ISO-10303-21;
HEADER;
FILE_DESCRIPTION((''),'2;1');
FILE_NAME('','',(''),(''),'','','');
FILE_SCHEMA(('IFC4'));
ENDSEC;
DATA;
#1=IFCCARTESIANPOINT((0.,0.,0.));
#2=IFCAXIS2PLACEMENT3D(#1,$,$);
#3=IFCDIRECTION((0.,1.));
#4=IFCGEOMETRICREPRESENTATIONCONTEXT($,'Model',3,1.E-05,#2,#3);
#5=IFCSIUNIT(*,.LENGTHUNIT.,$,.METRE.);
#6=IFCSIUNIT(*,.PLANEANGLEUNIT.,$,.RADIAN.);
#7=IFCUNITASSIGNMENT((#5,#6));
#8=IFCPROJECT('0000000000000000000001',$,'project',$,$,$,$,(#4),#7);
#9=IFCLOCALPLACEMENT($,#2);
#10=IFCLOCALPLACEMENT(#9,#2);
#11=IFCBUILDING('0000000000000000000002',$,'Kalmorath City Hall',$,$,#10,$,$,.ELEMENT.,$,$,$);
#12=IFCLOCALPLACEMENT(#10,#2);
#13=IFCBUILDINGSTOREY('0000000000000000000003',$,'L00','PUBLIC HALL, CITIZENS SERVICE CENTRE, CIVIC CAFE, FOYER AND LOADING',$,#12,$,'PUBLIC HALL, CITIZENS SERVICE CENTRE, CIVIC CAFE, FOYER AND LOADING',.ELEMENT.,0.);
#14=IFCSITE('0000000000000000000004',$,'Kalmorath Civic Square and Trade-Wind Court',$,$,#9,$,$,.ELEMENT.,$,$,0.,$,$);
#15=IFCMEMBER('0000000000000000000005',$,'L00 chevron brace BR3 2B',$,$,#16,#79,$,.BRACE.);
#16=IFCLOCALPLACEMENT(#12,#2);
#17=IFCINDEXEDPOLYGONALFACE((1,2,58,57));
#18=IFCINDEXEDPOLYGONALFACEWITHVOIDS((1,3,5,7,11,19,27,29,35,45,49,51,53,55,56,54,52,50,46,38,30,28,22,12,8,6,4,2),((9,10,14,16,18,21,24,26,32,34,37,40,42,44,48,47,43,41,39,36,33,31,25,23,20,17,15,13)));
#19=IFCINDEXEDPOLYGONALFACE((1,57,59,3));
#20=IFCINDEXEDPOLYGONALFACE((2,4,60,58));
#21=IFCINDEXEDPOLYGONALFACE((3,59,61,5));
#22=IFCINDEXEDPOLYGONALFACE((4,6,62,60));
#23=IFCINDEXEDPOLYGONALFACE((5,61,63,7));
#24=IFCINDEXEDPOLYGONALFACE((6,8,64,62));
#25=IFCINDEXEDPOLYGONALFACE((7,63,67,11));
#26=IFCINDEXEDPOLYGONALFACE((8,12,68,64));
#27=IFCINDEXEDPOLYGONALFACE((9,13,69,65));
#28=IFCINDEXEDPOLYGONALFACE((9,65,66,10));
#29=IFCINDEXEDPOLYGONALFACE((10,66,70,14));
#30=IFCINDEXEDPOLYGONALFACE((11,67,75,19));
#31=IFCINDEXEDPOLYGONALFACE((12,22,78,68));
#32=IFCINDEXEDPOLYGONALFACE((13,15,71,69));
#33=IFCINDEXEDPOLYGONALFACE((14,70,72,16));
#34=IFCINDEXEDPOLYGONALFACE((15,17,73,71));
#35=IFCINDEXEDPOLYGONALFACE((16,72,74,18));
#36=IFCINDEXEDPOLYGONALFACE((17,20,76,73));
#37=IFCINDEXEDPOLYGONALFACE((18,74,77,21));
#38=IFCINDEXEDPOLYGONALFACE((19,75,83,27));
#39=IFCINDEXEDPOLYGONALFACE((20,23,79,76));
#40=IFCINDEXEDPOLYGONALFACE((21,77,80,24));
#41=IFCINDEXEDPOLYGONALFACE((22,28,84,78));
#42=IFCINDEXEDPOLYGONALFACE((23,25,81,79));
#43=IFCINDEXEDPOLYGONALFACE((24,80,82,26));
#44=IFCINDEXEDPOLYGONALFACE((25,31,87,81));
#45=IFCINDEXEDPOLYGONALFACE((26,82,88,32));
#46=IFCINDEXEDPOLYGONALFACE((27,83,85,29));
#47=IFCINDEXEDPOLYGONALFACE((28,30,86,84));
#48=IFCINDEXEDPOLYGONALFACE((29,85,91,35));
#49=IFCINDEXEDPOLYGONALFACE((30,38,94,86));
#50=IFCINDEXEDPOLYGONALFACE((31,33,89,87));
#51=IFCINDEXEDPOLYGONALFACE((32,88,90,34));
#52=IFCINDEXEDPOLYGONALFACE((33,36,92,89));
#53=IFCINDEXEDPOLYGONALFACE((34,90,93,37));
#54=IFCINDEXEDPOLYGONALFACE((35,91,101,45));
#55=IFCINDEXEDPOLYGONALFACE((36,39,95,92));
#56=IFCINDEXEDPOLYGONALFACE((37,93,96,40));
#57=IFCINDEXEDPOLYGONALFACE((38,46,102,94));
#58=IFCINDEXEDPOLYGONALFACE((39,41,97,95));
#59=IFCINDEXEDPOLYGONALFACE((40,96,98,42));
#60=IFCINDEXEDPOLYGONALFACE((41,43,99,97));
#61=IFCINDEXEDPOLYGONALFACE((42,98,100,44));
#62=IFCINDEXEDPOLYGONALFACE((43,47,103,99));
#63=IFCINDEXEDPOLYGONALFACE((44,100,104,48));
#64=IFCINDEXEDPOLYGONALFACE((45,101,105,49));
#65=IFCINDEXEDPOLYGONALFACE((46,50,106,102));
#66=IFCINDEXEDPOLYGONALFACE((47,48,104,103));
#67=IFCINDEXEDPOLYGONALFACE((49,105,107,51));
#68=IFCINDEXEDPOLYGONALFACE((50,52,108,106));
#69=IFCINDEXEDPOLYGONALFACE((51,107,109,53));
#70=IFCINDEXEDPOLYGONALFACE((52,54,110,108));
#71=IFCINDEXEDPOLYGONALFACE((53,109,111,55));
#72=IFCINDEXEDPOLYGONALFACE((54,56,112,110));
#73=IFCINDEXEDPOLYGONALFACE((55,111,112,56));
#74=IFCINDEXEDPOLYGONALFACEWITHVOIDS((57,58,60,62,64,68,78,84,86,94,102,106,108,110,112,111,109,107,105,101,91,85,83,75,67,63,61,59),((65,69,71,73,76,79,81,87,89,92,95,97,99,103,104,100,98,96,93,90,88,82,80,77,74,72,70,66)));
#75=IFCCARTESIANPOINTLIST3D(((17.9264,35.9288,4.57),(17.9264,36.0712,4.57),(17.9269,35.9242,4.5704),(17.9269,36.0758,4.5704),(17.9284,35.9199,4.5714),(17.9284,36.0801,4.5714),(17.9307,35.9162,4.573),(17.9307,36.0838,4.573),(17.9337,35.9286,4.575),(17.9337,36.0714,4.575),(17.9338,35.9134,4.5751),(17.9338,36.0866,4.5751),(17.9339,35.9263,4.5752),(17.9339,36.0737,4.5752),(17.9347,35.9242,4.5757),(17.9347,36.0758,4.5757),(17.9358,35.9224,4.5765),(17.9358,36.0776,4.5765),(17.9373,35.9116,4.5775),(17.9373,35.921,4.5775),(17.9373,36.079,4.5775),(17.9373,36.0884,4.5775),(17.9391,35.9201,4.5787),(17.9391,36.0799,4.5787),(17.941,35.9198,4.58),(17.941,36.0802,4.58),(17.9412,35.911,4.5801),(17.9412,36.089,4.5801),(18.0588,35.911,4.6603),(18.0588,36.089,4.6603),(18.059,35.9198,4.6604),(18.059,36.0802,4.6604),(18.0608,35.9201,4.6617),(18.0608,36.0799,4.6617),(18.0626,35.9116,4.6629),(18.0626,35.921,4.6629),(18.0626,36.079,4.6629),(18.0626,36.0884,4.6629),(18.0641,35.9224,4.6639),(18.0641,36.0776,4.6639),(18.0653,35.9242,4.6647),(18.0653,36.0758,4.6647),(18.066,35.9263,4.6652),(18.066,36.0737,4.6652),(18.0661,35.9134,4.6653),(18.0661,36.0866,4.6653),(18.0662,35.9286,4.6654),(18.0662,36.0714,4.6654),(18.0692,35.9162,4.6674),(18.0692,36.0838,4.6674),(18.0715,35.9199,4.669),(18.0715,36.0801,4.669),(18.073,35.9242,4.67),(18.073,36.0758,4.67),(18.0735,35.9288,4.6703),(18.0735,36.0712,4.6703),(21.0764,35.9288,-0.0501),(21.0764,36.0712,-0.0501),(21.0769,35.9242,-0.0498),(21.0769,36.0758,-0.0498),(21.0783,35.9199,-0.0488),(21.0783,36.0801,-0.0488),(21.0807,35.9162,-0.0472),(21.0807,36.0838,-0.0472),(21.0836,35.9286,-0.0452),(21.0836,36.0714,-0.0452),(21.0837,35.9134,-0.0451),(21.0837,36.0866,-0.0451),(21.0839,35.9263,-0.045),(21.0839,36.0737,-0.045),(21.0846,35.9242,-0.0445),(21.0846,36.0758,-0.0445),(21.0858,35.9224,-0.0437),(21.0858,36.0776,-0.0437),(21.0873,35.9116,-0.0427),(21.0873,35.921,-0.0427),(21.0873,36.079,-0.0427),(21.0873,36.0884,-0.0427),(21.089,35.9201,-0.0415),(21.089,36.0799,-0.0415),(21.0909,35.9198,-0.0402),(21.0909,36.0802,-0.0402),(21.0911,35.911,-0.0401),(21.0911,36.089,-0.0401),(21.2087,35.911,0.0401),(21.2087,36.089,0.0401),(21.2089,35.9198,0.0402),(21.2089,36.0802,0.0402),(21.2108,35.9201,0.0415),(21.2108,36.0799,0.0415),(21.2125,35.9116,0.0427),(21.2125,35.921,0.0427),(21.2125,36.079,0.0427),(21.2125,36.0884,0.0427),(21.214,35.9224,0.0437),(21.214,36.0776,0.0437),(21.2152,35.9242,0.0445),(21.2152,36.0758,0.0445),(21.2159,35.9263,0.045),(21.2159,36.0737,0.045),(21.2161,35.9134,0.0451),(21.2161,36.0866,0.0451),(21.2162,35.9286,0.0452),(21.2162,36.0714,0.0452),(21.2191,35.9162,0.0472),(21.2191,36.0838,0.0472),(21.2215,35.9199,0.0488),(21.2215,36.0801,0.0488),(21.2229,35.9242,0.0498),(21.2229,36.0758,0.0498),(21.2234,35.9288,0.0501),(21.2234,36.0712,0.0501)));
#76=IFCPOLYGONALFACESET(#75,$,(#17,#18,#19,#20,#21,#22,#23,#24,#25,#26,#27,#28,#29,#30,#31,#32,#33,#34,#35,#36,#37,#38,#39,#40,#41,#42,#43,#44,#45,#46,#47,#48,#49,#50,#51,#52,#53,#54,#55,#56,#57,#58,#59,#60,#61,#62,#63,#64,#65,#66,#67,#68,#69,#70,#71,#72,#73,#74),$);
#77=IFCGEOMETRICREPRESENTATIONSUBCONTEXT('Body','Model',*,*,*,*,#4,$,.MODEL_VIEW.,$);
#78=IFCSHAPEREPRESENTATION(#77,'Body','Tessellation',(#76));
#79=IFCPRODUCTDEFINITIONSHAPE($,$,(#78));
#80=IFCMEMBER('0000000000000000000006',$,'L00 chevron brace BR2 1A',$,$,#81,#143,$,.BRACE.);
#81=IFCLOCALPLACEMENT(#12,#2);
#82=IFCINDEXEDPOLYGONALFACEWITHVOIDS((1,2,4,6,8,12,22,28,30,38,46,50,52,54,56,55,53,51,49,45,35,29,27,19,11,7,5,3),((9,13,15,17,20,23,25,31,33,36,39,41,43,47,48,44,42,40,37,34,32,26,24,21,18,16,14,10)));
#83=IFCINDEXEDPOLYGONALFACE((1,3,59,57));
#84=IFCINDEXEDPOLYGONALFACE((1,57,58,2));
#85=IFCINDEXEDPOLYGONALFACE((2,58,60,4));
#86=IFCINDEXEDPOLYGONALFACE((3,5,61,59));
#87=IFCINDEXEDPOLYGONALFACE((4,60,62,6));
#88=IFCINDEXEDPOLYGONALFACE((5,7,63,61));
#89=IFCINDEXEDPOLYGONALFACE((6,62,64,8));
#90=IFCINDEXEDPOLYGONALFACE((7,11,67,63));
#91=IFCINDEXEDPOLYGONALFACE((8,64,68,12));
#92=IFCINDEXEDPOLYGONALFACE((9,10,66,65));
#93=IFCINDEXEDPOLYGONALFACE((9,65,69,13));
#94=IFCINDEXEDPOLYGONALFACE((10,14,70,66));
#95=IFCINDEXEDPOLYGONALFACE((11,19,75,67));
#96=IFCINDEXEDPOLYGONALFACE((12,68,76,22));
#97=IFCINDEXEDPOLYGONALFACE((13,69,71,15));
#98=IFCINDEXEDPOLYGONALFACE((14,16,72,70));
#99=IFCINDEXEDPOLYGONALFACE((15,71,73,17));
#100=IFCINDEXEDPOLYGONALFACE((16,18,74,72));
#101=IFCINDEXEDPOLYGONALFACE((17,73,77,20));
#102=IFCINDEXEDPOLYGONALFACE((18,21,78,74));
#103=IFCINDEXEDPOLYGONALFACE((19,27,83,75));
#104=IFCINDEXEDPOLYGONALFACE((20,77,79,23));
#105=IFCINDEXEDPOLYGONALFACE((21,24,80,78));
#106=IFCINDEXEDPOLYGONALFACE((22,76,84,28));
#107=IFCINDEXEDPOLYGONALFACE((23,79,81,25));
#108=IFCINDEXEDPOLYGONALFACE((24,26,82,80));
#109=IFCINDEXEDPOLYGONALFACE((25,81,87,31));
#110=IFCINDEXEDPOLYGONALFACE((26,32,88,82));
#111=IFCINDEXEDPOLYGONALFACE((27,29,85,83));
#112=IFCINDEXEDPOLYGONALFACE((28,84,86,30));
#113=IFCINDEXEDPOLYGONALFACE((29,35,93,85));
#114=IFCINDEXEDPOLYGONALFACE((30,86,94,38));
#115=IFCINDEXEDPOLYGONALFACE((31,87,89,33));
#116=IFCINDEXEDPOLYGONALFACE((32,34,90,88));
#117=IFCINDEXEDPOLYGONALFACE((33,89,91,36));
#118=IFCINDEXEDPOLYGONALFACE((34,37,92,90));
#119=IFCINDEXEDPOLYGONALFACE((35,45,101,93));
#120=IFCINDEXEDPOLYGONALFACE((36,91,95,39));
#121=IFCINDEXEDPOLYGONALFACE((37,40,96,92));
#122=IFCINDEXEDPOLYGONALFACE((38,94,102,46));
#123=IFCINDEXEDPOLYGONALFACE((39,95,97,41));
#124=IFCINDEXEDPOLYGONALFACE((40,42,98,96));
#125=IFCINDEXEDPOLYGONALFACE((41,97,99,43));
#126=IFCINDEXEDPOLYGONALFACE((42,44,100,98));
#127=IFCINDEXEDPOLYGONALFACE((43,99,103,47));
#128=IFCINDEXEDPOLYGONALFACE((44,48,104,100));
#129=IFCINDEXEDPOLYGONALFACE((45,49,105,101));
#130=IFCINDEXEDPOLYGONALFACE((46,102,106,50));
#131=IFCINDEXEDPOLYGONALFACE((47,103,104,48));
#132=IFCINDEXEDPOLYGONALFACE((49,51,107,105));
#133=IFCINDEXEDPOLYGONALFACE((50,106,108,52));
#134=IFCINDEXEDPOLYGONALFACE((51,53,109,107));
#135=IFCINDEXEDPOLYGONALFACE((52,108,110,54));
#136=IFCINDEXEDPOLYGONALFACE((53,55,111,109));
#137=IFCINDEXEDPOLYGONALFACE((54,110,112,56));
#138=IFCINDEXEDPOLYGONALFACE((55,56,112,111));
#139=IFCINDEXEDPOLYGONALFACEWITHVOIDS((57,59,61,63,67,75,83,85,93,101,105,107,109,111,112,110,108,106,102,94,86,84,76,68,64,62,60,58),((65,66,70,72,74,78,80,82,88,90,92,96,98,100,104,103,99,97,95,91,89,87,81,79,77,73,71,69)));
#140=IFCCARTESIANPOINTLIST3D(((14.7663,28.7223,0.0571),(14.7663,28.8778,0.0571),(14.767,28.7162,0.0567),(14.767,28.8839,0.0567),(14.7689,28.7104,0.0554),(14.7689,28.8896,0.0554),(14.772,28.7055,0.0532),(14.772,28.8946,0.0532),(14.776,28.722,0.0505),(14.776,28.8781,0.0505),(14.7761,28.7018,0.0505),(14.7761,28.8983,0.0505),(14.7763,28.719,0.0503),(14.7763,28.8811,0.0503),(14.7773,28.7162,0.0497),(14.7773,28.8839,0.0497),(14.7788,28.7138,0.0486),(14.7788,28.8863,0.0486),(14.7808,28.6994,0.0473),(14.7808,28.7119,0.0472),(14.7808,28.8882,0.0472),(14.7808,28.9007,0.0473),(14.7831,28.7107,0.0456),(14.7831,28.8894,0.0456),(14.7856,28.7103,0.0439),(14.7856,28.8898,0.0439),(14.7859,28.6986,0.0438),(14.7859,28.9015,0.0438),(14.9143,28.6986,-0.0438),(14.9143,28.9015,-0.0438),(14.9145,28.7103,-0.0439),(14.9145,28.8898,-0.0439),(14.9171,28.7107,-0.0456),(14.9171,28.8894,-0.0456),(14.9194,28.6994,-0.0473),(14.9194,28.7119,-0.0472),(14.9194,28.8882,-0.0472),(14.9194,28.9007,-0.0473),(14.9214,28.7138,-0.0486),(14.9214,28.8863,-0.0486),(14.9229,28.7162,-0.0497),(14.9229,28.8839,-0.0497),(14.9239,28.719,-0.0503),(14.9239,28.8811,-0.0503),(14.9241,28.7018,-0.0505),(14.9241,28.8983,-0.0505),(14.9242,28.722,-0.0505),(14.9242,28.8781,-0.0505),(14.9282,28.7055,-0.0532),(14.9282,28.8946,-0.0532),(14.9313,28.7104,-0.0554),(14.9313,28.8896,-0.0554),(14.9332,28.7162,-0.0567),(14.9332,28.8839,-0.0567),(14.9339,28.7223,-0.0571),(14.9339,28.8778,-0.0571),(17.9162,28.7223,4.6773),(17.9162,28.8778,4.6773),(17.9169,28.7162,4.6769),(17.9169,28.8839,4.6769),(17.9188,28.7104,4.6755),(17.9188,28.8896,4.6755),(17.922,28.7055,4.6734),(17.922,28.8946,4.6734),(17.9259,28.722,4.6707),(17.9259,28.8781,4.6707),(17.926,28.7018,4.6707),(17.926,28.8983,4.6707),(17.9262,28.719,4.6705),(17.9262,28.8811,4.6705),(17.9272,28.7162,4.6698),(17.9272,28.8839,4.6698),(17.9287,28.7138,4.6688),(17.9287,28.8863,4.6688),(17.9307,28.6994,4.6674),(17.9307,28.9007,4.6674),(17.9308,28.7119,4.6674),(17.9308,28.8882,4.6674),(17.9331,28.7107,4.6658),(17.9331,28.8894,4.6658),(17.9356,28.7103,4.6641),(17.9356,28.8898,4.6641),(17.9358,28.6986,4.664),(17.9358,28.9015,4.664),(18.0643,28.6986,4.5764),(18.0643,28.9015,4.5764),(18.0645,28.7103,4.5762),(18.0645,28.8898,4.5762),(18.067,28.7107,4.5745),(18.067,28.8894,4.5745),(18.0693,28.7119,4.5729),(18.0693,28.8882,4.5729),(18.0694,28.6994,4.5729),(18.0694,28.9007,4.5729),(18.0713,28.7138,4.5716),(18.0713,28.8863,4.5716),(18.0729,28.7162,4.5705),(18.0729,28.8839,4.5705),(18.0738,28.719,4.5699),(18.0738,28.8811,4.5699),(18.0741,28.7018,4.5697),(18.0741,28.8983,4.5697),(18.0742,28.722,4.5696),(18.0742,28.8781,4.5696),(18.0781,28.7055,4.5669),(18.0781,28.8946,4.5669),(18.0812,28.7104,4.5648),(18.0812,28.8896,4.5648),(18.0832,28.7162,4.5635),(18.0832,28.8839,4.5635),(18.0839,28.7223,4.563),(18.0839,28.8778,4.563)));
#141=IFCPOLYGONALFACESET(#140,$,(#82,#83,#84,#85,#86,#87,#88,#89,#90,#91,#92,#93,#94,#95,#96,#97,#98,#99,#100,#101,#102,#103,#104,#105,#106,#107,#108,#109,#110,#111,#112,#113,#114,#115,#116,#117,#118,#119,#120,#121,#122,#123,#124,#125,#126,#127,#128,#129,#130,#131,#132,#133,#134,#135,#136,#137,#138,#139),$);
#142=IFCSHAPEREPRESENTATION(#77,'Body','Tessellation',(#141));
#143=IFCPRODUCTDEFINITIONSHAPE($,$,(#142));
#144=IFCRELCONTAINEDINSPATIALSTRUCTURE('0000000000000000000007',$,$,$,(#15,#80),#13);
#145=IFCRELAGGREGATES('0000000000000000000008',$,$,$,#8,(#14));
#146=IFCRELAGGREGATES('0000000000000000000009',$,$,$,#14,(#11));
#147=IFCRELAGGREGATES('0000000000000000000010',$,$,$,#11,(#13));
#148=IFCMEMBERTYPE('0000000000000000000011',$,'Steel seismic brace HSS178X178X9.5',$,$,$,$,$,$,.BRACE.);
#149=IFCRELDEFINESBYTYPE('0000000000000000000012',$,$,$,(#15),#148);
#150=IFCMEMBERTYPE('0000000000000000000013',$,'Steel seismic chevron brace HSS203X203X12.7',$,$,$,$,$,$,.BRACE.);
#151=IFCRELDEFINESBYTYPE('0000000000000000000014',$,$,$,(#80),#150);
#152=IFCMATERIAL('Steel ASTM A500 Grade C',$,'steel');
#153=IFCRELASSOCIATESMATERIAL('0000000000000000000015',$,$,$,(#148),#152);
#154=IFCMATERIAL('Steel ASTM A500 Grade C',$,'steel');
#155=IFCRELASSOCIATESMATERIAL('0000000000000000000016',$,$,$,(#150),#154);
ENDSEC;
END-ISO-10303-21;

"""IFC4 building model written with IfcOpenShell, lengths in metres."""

from ifc_helpers import new_model, si_unit, direction, frame, origin, origin_2d, place, context, subcontext, project, spatial, hollow_rectangle, extrude, material, material_profile, profile_set, type_object, element, save


model = new_model("IFC4")

# Units and contexts
model_context = context("Model", 3, precision=1e-05, world=origin(), true_north=direction((0.0, 1.0)))
body_context = subcontext(model_context, "Body", "Model", "MODEL_VIEW")
ifc_project = project(units=[si_unit("LENGTHUNIT", "METRE"), si_unit("PLANEANGLEUNIT", "RADIAN")], contexts=[model_context])

# Site, building, storey
site_placement = place(None, origin())
site = spatial("IfcSite", under=ifc_project, at=site_placement, Name="Kalmorath Civic Square and Trade-Wind Court", CompositionType="ELEMENT", RefElevation=0.0)
building_placement = place(site_placement, origin())
building = spatial("IfcBuilding", under=site, at=building_placement, Name="Kalmorath City Hall", CompositionType="ELEMENT")
storey_placement = place(building_placement, origin())
storey = spatial("IfcBuildingStorey", under=building, at=storey_placement, Name="L00", Description="PUBLIC HALL, CITIZENS SERVICE CENTRE, CIVIC CAFE, FOYER AND LOADING", LongName="PUBLIC HALL, CITIZENS SERVICE CENTRE, CIVIC CAFE, FOYER AND LOADING", CompositionType="ELEMENT", Elevation=0.0)

# Members
ifc_material_1 = material(Name="Steel ASTM A500 Grade C", Category="steel")
ifc_material_profile_1 = material_profile(ifc_material_1, hollow_rectangle(XDim=0.178, YDim=0.178, WallThickness=0.0088, InnerFilletRadius=0.0088, OuterFilletRadius=0.0178, at=origin_2d()), Name="HSS178X178X9.5")
ifc_profile_set_1 = profile_set([ifc_material_profile_1], Name="Steel ASTM A500 Grade C")
member_type_1 = type_object("IfcMemberType", Name="Steel seismic brace HSS178X178X9.5", PredefinedType="BRACE", material=ifc_profile_set_1)
for number, where, z_axis, x_axis, name in (
    (1, (21.1499, 36.0, 0.0), (-0.563315, 0.0, 0.826242), (0.0, -1.0, 0.0), "L00 chevron brace BR3 2B"),
):
    element("IfcMember", number, at=place(storey_placement, frame(where, z_axis=z_axis, x_axis=x_axis)), inside=storey, type_object=member_type_1, Name=name, PredefinedType="BRACE", context=body_context, shape_type="SweptSolid", body=[
        extrude(hollow_rectangle(XDim=0.178, YDim=0.178, WallThickness=0.0088, InnerFilletRadius=0.0088, OuterFilletRadius=0.0178, at=origin_2d()), origin(), (0.0, 0.0, 1.0), 5.5918),
    ])
ifc_material_2 = material(Name="Steel ASTM A500 Grade C", Category="steel")
ifc_material_profile_2 = material_profile(ifc_material_2, hollow_rectangle(XDim=0.2029, YDim=0.2029, WallThickness=0.0117, InnerFilletRadius=0.0117, OuterFilletRadius=0.0237, at=origin_2d()), Name="HSS203X203X12.7")
ifc_profile_set_2 = profile_set([ifc_material_profile_2], Name="Steel ASTM A500 Grade C")
member_type_2 = type_object("IfcMemberType", Name="Steel seismic chevron brace HSS203X203X12.7", PredefinedType="BRACE", material=ifc_profile_set_2)
for number, where, z_axis, x_axis, name in (
    (2, (14.8501, 28.8, 0.0), (0.563315, 0.0, 0.826242), (0.0, 1.0, 0.0), "L00 chevron brace BR2 1A"),
):
    element("IfcMember", number, at=place(storey_placement, frame(where, z_axis=z_axis, x_axis=x_axis)), inside=storey, type_object=member_type_2, Name=name, PredefinedType="BRACE", context=body_context, shape_type="SweptSolid", body=[
        extrude(hollow_rectangle(XDim=0.2029, YDim=0.2029, WallThickness=0.0117, InnerFilletRadius=0.0117, OuterFilletRadius=0.0237, at=origin_2d()), origin(), (0.0, 0.0, 1.0), 5.5918),
    ])

save(model, "model.ifc")
